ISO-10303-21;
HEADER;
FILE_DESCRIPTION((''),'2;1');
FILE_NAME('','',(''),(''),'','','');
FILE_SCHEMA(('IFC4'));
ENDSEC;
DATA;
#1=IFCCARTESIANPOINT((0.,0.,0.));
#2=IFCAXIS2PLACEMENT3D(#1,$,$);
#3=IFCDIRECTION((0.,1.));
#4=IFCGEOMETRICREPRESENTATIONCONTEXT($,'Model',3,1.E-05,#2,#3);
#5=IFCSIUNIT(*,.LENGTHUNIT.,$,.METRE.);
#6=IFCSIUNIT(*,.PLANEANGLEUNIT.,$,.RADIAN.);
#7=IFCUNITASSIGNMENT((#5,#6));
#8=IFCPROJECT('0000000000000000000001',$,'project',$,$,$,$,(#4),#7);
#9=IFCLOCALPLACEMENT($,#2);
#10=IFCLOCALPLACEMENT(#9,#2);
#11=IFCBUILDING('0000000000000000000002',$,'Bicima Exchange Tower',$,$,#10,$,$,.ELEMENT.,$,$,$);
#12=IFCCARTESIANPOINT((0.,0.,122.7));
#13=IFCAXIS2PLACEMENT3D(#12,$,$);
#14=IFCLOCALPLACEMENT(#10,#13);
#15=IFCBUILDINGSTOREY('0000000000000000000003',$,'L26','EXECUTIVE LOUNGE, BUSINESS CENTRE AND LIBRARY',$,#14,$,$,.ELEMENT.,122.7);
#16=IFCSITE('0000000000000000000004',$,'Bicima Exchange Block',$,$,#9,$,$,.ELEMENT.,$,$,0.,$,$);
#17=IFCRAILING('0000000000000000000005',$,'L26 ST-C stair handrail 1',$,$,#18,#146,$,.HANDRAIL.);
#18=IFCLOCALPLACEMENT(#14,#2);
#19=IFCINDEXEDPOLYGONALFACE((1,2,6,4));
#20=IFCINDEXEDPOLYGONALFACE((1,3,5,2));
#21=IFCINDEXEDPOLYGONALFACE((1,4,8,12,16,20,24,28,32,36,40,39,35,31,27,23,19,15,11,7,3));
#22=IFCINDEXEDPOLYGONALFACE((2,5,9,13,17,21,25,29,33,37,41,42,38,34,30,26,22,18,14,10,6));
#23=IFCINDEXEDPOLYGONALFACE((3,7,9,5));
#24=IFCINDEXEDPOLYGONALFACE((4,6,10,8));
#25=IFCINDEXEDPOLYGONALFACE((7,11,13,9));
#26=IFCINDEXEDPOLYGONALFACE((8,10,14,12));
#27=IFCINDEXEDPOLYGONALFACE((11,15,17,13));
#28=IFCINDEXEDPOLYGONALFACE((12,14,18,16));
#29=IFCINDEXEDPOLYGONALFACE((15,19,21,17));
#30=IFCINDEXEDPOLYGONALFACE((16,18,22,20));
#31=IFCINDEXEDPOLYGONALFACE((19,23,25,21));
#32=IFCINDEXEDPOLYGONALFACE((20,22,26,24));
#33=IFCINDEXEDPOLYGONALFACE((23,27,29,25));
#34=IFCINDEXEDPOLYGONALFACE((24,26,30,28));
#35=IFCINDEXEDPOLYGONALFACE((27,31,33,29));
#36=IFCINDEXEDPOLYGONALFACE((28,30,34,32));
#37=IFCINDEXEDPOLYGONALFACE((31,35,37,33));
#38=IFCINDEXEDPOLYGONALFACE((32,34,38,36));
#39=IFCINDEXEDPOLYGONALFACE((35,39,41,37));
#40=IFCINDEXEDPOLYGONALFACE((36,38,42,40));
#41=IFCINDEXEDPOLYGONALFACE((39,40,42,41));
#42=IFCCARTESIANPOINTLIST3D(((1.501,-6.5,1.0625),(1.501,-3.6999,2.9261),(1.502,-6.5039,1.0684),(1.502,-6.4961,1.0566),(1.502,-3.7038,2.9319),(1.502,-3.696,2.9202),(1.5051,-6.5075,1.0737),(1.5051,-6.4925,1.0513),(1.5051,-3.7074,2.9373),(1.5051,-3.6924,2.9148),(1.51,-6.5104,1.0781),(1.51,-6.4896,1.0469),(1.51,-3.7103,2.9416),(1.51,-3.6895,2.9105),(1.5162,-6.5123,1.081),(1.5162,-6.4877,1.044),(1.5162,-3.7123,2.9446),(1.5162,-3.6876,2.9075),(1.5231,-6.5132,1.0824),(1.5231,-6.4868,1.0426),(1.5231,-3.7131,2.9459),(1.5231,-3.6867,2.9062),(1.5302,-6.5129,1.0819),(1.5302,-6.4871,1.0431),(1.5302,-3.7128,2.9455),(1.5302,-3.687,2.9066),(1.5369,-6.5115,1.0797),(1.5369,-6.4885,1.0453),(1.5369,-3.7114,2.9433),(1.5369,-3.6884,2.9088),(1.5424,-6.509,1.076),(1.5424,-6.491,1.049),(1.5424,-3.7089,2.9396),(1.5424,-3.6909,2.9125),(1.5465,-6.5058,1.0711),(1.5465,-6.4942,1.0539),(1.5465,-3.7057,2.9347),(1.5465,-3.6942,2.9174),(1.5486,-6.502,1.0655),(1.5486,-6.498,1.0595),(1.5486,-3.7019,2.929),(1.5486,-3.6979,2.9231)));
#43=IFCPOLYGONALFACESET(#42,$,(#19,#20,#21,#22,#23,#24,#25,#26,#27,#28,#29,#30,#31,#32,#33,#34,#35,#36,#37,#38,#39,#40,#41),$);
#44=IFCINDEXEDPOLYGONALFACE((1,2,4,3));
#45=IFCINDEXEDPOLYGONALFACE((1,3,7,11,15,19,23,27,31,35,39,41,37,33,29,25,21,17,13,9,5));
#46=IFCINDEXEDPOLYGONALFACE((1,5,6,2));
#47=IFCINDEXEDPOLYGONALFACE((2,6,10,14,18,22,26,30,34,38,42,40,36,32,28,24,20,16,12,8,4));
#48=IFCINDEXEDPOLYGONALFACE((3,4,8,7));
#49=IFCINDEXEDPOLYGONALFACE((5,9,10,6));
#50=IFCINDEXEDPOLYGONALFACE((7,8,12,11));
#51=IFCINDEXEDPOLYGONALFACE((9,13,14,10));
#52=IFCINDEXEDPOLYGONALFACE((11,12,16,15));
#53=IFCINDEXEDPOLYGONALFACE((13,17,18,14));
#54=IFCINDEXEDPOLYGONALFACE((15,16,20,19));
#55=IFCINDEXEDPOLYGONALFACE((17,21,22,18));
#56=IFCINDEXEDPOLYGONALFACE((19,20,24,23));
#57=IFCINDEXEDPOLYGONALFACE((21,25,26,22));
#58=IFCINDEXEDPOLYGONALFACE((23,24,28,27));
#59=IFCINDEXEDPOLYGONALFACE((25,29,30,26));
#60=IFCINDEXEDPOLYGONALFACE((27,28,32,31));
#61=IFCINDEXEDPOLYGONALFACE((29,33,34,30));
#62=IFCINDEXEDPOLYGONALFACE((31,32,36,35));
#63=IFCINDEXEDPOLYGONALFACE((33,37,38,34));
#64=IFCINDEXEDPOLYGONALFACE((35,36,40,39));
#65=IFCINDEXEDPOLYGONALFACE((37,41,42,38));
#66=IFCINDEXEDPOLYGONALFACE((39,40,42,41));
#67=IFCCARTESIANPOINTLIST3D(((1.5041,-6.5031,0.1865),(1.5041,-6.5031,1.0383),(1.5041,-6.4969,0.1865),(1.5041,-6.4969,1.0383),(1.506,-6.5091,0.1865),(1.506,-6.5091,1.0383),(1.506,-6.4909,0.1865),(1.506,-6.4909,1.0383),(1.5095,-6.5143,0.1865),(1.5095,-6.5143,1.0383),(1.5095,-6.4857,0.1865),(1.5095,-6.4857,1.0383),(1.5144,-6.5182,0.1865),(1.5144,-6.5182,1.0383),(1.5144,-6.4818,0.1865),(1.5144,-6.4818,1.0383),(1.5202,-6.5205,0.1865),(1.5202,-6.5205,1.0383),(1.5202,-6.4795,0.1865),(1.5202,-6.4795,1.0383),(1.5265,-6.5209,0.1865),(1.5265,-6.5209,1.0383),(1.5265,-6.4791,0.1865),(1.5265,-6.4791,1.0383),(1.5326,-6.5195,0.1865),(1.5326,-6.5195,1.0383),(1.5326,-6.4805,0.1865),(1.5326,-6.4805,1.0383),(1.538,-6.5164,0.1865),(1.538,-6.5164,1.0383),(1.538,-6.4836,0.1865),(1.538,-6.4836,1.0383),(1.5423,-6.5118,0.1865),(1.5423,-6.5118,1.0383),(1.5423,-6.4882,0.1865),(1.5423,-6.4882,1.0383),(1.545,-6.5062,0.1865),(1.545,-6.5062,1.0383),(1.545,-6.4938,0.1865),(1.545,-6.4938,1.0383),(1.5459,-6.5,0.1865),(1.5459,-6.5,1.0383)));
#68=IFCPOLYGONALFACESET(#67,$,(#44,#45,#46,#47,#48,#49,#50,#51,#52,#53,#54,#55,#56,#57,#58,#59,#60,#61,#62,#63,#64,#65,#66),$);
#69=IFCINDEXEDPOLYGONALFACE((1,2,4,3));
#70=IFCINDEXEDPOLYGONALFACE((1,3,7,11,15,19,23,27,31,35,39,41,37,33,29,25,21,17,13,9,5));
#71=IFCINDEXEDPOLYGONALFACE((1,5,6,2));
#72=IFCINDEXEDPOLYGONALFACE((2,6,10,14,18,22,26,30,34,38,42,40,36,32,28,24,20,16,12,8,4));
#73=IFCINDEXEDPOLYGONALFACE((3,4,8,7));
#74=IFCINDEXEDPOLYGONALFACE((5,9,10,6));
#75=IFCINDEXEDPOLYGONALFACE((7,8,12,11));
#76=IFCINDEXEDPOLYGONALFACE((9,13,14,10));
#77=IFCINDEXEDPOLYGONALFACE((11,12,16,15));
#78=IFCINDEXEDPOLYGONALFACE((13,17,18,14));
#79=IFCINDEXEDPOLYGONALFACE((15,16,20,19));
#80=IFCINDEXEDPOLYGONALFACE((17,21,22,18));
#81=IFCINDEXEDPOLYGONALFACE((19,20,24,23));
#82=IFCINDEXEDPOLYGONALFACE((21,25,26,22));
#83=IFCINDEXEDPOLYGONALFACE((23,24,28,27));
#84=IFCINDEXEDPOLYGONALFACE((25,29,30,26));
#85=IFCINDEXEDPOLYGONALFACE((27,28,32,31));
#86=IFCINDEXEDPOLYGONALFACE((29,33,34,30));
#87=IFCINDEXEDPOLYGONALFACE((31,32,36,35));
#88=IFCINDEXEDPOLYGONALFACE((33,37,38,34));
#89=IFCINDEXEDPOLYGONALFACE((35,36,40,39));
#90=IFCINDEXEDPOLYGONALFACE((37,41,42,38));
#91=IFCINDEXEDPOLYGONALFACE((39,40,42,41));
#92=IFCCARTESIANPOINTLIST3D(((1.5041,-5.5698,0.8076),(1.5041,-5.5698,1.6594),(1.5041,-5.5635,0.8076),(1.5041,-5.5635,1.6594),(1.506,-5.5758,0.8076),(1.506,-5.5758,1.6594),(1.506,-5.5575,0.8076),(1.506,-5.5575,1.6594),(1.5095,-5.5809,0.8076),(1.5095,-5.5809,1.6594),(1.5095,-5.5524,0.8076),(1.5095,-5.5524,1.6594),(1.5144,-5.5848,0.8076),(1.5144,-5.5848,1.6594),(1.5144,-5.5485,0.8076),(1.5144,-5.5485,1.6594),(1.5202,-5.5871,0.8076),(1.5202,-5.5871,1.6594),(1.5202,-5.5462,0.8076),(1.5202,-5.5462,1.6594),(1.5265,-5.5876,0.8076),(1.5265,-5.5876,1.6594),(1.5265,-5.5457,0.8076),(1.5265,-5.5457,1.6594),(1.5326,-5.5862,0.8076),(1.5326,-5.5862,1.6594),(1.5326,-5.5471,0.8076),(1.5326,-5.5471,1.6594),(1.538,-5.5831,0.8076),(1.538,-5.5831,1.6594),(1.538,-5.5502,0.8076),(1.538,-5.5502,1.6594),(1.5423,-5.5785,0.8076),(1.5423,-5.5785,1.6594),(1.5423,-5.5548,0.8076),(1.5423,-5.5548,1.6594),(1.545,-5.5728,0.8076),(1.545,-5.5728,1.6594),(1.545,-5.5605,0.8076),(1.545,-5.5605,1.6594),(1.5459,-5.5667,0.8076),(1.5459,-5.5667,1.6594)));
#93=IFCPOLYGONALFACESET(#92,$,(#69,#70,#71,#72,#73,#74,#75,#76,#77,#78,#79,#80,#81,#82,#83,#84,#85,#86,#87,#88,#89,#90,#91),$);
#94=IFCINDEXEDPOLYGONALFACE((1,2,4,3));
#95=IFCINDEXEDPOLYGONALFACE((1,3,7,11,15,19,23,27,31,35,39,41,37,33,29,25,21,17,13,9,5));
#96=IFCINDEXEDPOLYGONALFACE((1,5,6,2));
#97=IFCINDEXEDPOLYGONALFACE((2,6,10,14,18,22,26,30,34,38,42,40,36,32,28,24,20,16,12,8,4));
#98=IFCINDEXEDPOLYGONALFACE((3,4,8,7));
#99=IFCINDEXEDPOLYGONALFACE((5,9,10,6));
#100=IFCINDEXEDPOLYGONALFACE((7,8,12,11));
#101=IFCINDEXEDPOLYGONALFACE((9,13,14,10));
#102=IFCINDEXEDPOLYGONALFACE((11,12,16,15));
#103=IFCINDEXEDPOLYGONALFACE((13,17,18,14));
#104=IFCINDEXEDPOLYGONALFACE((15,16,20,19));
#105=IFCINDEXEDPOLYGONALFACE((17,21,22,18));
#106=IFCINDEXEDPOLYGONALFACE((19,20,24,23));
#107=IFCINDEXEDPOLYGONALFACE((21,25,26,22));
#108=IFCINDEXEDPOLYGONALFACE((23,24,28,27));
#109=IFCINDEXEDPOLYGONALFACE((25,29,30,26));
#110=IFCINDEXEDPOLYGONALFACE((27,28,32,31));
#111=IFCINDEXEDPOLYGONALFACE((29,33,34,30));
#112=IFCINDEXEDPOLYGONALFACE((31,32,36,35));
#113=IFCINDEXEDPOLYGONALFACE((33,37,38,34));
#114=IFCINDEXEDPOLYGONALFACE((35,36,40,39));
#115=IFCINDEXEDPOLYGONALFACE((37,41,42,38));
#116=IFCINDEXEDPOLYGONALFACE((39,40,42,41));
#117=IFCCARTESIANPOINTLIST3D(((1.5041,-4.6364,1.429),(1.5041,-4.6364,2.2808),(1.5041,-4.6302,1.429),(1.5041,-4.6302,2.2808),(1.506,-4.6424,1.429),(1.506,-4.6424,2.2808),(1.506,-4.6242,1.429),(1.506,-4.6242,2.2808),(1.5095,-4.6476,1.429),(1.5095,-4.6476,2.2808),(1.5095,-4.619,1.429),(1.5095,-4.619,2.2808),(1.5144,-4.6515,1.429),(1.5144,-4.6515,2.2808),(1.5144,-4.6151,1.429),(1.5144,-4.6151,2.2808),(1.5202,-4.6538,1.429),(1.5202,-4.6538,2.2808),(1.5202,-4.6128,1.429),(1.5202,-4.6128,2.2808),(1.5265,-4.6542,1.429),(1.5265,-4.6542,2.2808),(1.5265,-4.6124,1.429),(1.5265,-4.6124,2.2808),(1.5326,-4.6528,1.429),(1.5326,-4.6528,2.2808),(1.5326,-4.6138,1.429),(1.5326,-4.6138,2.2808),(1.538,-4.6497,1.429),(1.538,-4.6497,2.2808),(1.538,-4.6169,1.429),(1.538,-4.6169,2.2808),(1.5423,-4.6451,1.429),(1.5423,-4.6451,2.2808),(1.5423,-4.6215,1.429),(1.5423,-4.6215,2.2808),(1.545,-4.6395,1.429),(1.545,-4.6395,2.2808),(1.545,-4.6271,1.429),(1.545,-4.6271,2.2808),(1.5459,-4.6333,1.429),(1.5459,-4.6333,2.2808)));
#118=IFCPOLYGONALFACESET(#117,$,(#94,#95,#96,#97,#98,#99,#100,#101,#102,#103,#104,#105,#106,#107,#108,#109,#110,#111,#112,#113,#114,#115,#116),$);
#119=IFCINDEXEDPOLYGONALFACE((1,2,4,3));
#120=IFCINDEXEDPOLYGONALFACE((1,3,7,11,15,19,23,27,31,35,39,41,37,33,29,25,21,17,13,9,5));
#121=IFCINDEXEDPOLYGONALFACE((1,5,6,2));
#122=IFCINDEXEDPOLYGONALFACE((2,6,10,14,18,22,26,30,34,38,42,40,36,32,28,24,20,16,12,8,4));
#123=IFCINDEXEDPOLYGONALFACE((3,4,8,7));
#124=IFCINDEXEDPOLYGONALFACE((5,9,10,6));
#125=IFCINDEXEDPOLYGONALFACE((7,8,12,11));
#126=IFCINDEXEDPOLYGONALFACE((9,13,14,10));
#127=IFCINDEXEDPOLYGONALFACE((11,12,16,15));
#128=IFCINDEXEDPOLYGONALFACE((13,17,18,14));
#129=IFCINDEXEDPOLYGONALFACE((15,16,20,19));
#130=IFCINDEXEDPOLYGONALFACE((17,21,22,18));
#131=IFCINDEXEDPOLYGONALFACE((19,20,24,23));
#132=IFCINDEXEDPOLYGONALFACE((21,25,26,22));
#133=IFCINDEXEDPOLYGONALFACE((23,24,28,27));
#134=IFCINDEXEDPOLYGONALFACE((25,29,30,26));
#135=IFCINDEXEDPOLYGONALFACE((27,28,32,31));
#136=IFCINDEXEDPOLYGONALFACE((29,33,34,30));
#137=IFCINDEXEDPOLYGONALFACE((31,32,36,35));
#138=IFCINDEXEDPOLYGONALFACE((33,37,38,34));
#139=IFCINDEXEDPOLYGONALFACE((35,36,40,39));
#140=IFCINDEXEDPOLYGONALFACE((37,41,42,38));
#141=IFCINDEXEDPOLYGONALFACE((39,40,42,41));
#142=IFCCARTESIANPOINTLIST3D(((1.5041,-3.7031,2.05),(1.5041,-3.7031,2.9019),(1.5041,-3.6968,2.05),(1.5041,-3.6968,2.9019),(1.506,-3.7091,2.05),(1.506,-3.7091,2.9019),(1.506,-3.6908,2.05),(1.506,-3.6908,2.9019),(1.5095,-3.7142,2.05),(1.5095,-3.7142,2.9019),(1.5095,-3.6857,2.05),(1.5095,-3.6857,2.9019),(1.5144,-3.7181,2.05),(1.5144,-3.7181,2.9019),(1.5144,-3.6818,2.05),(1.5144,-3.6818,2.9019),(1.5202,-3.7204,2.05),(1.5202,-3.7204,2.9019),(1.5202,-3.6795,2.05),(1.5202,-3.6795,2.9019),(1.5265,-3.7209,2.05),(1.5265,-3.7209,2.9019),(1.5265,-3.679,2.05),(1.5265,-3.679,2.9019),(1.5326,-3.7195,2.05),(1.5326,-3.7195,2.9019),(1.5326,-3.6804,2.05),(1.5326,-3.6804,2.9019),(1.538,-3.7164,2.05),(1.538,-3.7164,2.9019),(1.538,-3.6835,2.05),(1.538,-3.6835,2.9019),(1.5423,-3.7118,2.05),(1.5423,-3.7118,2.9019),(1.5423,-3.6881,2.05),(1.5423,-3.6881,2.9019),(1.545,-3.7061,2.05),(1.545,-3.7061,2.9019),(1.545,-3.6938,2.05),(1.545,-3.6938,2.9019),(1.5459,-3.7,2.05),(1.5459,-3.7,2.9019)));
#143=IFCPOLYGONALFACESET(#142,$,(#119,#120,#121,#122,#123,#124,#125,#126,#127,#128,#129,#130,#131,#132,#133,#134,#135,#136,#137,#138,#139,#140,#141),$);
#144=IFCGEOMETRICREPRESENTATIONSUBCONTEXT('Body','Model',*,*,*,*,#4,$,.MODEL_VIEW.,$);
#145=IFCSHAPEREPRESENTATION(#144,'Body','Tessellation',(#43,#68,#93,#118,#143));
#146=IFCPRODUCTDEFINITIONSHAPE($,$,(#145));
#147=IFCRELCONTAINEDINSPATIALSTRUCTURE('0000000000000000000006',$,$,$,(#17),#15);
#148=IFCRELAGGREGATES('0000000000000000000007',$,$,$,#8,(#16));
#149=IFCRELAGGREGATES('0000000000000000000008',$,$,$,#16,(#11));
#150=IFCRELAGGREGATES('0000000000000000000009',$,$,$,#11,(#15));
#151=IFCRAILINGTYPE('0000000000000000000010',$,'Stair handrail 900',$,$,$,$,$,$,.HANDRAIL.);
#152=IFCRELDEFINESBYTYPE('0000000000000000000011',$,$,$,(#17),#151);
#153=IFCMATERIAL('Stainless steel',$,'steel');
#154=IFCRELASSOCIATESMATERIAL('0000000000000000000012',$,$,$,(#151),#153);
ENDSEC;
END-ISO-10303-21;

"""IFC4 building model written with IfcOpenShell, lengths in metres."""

from ifc_helpers import new_model, si_unit, direction, frame, origin, origin_2d, place, context, subcontext, project, spatial, circle, extrude, material, type_object, element, save


model = new_model("IFC4")

# Units and contexts
model_context = context("Model", 3, precision=1e-05, world=origin(), true_north=direction((0.0, 1.0)))
body_context = subcontext(model_context, "Body", "Model", "MODEL_VIEW")
ifc_project = project(units=[si_unit("LENGTHUNIT", "METRE"), si_unit("PLANEANGLEUNIT", "RADIAN")], contexts=[model_context])

# Site, building, storey
site_placement = place(None, origin())
site = spatial("IfcSite", under=ifc_project, at=site_placement, Name="Bicima Exchange Block", CompositionType="ELEMENT", RefElevation=0.0)
building_placement = place(site_placement, origin())
building = spatial("IfcBuilding", under=site, at=building_placement, Name="Bicima Exchange Tower", CompositionType="ELEMENT")
storey_placement = place(building_placement, frame((0.0, 0.0, 122.7)))
storey = spatial("IfcBuildingStorey", under=building, at=storey_placement, Name="L26", Description="EXECUTIVE LOUNGE, BUSINESS CENTRE AND LIBRARY", CompositionType="ELEMENT", Elevation=122.7)

# Shared definitions
ifc_material_1 = material(Name="Stainless steel", Category="steel")

# Railing
railing_type_1 = type_object("IfcRailingType", Name="Stair handrail 900", PredefinedType="HANDRAIL", material=ifc_material_1)
railing_1_placement = place(storey_placement, frame((1.5249, -6.5, 0.1865)))
element("IfcRailing", 1, at=railing_1_placement, inside=storey, type_object=railing_type_1, Name="L26 ST-C stair handrail 1", PredefinedType="HANDRAIL", context=body_context, shape_type="SweptSolid", body=[
    extrude(circle(Radius=0.0239, at=origin_2d()), frame((0.0, 0.0, 0.876), z_axis=(0.0, 0.832486, 0.554047), x_axis=(-1.0, 0.0, 0.0)), (0.0, 0.0, 1.0), 3.3635),
    extrude(circle(Radius=0.021, at=origin_2d()), origin(), (0.0, 0.0, 1.0), 0.8518),
    extrude(circle(Radius=0.021, at=origin_2d()), frame((0.0, 0.9333, 0.6211)), (0.0, 0.0, 1.0), 0.8518),
    extrude(circle(Radius=0.021, at=origin_2d()), frame((0.0, 1.8667, 1.2424)), (0.0, 0.0, 1.0), 0.8518),
    extrude(circle(Radius=0.021, at=origin_2d()), frame((0.0, 2.8, 1.8635)), (0.0, 0.0, 1.0), 0.8518),
])

save(model, "model.ifc")
